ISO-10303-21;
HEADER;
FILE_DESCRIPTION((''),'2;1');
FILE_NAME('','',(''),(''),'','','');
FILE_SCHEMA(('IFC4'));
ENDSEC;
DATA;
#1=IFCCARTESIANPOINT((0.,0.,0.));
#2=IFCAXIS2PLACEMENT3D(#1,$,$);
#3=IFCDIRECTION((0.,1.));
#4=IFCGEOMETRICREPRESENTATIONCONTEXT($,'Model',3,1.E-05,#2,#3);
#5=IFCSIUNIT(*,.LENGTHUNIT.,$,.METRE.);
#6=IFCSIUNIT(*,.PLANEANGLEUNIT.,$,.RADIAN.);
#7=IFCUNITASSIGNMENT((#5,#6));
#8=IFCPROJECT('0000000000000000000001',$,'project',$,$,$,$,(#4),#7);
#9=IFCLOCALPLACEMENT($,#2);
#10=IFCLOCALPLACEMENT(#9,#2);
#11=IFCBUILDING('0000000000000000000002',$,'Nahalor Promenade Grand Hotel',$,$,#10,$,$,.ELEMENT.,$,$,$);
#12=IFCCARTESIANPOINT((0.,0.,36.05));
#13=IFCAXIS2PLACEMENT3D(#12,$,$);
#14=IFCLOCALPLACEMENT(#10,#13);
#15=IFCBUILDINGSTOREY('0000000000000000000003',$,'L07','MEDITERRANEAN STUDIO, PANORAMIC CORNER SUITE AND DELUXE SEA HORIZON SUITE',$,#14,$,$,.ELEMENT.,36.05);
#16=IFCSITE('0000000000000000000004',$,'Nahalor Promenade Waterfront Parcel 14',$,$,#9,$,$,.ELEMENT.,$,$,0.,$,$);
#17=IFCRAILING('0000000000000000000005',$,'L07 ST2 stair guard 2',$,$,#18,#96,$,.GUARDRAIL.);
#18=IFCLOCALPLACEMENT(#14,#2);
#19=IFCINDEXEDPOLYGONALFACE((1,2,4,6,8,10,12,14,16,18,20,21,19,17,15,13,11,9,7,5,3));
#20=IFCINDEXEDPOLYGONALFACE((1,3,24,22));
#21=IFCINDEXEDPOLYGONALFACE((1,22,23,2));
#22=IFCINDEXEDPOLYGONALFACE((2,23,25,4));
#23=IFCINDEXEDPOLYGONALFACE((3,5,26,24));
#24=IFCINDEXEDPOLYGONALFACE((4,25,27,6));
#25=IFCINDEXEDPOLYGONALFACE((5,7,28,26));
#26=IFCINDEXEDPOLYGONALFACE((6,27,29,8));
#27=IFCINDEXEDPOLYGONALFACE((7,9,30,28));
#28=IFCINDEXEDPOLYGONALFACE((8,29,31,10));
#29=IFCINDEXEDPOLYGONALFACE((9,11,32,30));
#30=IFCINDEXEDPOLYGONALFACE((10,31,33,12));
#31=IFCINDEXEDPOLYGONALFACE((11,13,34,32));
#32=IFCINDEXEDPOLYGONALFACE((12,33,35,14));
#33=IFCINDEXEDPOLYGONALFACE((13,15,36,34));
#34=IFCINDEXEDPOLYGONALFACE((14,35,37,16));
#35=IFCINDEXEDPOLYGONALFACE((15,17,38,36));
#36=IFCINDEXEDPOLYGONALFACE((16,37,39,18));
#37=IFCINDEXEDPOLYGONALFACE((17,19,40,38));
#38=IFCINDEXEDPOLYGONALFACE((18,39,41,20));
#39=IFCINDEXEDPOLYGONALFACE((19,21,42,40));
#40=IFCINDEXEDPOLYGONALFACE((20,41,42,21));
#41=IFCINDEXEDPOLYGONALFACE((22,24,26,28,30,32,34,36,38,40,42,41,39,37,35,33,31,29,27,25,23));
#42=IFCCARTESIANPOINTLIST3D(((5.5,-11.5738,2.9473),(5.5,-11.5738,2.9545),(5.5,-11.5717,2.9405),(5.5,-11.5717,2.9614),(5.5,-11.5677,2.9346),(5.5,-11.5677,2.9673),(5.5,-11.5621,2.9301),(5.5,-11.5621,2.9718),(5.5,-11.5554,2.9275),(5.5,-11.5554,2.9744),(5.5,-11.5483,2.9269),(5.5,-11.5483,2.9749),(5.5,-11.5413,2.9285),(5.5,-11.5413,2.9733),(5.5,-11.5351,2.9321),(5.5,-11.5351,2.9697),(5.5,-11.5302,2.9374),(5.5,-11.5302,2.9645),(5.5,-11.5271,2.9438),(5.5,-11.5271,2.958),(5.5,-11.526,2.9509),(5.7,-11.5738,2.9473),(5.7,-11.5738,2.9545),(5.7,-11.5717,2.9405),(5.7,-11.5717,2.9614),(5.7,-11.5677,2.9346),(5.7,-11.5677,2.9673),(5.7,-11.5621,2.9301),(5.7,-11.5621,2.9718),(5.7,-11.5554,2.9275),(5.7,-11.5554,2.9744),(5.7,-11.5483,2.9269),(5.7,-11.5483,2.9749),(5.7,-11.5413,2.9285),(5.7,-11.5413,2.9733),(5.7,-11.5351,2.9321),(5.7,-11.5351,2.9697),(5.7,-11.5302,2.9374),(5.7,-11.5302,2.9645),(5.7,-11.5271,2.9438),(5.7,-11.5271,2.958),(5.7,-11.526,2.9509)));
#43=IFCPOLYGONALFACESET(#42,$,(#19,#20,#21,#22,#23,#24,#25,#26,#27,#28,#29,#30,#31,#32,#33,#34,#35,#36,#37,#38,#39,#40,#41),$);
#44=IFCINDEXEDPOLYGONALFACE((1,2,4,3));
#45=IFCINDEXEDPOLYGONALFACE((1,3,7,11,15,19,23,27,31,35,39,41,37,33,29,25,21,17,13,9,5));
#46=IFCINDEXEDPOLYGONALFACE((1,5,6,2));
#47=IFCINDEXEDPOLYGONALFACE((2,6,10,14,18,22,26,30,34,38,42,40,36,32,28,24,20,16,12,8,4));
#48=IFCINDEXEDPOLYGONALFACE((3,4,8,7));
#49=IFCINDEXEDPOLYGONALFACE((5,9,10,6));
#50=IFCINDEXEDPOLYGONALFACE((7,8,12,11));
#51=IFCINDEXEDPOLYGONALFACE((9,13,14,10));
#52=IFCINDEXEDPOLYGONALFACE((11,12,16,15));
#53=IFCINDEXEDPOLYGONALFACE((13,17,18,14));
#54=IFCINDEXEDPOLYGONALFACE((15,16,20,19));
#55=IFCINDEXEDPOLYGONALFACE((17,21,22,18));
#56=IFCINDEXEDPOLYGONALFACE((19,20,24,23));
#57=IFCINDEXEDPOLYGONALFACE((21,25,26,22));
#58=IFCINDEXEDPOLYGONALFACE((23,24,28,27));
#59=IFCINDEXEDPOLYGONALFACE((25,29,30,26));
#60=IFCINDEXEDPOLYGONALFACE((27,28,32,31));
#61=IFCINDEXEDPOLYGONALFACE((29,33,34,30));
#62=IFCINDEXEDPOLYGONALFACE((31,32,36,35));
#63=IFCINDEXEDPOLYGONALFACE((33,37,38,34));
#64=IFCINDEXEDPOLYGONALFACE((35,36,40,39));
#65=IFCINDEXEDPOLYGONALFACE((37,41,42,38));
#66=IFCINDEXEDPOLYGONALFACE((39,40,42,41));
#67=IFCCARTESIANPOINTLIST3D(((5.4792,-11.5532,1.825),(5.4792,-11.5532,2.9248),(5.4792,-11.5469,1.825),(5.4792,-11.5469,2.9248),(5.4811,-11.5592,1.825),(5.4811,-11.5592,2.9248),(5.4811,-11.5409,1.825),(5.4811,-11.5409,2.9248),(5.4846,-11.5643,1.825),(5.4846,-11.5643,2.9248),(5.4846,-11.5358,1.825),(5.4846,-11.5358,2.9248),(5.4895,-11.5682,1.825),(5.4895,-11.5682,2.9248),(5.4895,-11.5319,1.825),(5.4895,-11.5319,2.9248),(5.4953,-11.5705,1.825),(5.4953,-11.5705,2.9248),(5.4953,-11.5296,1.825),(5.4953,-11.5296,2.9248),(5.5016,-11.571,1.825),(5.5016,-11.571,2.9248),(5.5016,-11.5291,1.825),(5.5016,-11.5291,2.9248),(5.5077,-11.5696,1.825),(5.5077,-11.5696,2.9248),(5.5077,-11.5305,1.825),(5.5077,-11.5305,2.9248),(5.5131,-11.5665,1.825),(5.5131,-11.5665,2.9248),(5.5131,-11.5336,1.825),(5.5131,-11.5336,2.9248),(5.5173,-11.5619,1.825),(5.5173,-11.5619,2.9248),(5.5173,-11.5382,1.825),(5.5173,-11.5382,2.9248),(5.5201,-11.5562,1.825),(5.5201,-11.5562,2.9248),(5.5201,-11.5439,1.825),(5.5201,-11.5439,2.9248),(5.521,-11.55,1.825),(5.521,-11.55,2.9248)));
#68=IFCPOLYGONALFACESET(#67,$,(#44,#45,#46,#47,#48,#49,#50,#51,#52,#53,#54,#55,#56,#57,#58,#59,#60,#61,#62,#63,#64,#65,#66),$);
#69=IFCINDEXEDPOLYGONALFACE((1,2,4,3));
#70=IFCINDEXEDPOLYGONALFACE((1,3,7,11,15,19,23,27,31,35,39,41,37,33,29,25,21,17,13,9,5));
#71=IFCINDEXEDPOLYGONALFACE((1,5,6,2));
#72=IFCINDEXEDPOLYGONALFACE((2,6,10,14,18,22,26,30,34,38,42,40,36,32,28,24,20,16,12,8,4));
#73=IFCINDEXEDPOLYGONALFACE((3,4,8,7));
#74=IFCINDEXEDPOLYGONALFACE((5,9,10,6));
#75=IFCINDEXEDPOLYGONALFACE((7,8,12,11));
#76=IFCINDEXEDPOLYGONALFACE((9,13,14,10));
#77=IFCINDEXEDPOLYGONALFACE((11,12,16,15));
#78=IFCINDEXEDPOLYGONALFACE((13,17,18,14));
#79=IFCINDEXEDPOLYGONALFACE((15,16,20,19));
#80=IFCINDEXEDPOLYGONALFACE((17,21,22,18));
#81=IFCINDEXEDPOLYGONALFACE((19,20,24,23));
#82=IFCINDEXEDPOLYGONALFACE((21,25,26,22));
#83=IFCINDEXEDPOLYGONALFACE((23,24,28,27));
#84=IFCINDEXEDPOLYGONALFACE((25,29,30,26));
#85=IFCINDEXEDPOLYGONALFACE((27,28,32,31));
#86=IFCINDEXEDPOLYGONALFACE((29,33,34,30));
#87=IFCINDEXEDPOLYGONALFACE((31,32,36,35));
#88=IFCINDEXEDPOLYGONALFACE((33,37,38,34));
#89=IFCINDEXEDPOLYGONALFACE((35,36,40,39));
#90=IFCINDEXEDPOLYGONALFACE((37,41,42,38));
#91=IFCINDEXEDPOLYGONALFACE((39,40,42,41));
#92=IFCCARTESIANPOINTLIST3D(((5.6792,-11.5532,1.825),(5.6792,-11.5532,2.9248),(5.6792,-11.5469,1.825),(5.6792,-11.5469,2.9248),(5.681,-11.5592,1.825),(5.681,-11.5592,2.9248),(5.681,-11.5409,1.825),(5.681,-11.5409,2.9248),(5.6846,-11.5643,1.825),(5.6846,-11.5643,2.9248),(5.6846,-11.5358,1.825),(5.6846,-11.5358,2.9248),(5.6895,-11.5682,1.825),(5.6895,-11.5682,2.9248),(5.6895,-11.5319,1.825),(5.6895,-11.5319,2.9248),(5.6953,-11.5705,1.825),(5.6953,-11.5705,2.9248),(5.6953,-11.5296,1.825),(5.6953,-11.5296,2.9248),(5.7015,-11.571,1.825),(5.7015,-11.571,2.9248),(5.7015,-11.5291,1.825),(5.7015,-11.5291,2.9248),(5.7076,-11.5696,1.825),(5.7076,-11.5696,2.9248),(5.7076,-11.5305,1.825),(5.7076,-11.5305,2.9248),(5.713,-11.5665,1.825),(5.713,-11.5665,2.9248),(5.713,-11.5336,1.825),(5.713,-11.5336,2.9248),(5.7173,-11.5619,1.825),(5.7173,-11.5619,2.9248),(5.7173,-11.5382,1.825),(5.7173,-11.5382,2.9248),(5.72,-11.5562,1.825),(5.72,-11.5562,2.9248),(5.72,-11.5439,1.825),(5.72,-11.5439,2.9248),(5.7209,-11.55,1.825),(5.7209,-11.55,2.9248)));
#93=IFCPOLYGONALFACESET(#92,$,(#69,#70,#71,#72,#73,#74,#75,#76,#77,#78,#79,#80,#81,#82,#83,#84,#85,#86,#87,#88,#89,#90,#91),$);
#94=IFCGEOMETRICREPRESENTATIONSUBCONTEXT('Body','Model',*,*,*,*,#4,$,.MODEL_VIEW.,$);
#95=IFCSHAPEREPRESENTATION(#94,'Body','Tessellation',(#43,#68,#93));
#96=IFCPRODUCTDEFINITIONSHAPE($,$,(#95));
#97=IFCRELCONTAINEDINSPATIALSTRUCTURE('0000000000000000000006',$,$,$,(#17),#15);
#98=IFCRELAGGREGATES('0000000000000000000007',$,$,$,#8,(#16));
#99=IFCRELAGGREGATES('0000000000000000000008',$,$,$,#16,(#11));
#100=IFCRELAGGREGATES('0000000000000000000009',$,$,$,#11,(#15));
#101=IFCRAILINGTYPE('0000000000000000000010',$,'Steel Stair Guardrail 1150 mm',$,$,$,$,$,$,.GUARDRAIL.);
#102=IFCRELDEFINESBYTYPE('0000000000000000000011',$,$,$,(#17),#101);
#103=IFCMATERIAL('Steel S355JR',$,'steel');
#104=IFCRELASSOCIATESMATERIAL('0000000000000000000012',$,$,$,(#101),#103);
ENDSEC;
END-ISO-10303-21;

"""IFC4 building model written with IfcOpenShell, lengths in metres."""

from ifc_helpers import new_model, si_unit, direction, frame, origin, origin_2d, place, context, subcontext, project, spatial, circle, extrude, material, type_object, element, save


model = new_model("IFC4")

# Units and contexts
model_context = context("Model", 3, precision=1e-05, world=origin(), true_north=direction((0.0, 1.0)))
body_context = subcontext(model_context, "Body", "Model", "MODEL_VIEW")
ifc_project = project(units=[si_unit("LENGTHUNIT", "METRE"), si_unit("PLANEANGLEUNIT", "RADIAN")], contexts=[model_context])

# Site, building, storey
site_placement = place(None, origin())
site = spatial("IfcSite", under=ifc_project, at=site_placement, Name="Nahalor Promenade Waterfront Parcel 14", CompositionType="ELEMENT", RefElevation=0.0)
building_placement = place(site_placement, origin())
building = spatial("IfcBuilding", under=site, at=building_placement, Name="Nahalor Promenade Grand Hotel", CompositionType="ELEMENT")
storey_placement = place(building_placement, frame((0.0, 0.0, 36.05)))
storey = spatial("IfcBuildingStorey", under=building, at=storey_placement, Name="L07", Description="MEDITERRANEAN STUDIO, PANORAMIC CORNER SUITE AND DELUXE SEA HORIZON SUITE", CompositionType="ELEMENT", Elevation=36.05)

# Shared definitions
ifc_material_1 = material(Name="Steel S355JR", Category="steel")

# Railing
railing_type_1 = type_object("IfcRailingType", Name="Steel Stair Guardrail 1150 mm", PredefinedType="GUARDRAIL", material=ifc_material_1)
railing_1_placement = place(storey_placement, frame((5.5, -11.55, 1.825)))
element("IfcRailing", 1, at=railing_1_placement, inside=storey, type_object=railing_type_1, Name="L07 ST2 stair guard 2", PredefinedType="GUARDRAIL", context=body_context, shape_type="SweptSolid", body=[
    extrude(circle(Radius=0.024, at=origin_2d()), frame((0.0, 0.0, 1.126), z_axis=(1.0, 0.0, 0.0), x_axis=(0.0, 1.0, 0.0)), (0.0, 0.0, 1.0), 0.2),
    extrude(circle(Radius=0.021, at=origin_2d()), origin(), (0.0, 0.0, 1.0), 1.0999),
    extrude(circle(Radius=0.021, at=origin_2d()), frame((0.2, 0.0, 0.0)), (0.0, 0.0, 1.0), 1.0999),
])

save(model, "model.ifc")
